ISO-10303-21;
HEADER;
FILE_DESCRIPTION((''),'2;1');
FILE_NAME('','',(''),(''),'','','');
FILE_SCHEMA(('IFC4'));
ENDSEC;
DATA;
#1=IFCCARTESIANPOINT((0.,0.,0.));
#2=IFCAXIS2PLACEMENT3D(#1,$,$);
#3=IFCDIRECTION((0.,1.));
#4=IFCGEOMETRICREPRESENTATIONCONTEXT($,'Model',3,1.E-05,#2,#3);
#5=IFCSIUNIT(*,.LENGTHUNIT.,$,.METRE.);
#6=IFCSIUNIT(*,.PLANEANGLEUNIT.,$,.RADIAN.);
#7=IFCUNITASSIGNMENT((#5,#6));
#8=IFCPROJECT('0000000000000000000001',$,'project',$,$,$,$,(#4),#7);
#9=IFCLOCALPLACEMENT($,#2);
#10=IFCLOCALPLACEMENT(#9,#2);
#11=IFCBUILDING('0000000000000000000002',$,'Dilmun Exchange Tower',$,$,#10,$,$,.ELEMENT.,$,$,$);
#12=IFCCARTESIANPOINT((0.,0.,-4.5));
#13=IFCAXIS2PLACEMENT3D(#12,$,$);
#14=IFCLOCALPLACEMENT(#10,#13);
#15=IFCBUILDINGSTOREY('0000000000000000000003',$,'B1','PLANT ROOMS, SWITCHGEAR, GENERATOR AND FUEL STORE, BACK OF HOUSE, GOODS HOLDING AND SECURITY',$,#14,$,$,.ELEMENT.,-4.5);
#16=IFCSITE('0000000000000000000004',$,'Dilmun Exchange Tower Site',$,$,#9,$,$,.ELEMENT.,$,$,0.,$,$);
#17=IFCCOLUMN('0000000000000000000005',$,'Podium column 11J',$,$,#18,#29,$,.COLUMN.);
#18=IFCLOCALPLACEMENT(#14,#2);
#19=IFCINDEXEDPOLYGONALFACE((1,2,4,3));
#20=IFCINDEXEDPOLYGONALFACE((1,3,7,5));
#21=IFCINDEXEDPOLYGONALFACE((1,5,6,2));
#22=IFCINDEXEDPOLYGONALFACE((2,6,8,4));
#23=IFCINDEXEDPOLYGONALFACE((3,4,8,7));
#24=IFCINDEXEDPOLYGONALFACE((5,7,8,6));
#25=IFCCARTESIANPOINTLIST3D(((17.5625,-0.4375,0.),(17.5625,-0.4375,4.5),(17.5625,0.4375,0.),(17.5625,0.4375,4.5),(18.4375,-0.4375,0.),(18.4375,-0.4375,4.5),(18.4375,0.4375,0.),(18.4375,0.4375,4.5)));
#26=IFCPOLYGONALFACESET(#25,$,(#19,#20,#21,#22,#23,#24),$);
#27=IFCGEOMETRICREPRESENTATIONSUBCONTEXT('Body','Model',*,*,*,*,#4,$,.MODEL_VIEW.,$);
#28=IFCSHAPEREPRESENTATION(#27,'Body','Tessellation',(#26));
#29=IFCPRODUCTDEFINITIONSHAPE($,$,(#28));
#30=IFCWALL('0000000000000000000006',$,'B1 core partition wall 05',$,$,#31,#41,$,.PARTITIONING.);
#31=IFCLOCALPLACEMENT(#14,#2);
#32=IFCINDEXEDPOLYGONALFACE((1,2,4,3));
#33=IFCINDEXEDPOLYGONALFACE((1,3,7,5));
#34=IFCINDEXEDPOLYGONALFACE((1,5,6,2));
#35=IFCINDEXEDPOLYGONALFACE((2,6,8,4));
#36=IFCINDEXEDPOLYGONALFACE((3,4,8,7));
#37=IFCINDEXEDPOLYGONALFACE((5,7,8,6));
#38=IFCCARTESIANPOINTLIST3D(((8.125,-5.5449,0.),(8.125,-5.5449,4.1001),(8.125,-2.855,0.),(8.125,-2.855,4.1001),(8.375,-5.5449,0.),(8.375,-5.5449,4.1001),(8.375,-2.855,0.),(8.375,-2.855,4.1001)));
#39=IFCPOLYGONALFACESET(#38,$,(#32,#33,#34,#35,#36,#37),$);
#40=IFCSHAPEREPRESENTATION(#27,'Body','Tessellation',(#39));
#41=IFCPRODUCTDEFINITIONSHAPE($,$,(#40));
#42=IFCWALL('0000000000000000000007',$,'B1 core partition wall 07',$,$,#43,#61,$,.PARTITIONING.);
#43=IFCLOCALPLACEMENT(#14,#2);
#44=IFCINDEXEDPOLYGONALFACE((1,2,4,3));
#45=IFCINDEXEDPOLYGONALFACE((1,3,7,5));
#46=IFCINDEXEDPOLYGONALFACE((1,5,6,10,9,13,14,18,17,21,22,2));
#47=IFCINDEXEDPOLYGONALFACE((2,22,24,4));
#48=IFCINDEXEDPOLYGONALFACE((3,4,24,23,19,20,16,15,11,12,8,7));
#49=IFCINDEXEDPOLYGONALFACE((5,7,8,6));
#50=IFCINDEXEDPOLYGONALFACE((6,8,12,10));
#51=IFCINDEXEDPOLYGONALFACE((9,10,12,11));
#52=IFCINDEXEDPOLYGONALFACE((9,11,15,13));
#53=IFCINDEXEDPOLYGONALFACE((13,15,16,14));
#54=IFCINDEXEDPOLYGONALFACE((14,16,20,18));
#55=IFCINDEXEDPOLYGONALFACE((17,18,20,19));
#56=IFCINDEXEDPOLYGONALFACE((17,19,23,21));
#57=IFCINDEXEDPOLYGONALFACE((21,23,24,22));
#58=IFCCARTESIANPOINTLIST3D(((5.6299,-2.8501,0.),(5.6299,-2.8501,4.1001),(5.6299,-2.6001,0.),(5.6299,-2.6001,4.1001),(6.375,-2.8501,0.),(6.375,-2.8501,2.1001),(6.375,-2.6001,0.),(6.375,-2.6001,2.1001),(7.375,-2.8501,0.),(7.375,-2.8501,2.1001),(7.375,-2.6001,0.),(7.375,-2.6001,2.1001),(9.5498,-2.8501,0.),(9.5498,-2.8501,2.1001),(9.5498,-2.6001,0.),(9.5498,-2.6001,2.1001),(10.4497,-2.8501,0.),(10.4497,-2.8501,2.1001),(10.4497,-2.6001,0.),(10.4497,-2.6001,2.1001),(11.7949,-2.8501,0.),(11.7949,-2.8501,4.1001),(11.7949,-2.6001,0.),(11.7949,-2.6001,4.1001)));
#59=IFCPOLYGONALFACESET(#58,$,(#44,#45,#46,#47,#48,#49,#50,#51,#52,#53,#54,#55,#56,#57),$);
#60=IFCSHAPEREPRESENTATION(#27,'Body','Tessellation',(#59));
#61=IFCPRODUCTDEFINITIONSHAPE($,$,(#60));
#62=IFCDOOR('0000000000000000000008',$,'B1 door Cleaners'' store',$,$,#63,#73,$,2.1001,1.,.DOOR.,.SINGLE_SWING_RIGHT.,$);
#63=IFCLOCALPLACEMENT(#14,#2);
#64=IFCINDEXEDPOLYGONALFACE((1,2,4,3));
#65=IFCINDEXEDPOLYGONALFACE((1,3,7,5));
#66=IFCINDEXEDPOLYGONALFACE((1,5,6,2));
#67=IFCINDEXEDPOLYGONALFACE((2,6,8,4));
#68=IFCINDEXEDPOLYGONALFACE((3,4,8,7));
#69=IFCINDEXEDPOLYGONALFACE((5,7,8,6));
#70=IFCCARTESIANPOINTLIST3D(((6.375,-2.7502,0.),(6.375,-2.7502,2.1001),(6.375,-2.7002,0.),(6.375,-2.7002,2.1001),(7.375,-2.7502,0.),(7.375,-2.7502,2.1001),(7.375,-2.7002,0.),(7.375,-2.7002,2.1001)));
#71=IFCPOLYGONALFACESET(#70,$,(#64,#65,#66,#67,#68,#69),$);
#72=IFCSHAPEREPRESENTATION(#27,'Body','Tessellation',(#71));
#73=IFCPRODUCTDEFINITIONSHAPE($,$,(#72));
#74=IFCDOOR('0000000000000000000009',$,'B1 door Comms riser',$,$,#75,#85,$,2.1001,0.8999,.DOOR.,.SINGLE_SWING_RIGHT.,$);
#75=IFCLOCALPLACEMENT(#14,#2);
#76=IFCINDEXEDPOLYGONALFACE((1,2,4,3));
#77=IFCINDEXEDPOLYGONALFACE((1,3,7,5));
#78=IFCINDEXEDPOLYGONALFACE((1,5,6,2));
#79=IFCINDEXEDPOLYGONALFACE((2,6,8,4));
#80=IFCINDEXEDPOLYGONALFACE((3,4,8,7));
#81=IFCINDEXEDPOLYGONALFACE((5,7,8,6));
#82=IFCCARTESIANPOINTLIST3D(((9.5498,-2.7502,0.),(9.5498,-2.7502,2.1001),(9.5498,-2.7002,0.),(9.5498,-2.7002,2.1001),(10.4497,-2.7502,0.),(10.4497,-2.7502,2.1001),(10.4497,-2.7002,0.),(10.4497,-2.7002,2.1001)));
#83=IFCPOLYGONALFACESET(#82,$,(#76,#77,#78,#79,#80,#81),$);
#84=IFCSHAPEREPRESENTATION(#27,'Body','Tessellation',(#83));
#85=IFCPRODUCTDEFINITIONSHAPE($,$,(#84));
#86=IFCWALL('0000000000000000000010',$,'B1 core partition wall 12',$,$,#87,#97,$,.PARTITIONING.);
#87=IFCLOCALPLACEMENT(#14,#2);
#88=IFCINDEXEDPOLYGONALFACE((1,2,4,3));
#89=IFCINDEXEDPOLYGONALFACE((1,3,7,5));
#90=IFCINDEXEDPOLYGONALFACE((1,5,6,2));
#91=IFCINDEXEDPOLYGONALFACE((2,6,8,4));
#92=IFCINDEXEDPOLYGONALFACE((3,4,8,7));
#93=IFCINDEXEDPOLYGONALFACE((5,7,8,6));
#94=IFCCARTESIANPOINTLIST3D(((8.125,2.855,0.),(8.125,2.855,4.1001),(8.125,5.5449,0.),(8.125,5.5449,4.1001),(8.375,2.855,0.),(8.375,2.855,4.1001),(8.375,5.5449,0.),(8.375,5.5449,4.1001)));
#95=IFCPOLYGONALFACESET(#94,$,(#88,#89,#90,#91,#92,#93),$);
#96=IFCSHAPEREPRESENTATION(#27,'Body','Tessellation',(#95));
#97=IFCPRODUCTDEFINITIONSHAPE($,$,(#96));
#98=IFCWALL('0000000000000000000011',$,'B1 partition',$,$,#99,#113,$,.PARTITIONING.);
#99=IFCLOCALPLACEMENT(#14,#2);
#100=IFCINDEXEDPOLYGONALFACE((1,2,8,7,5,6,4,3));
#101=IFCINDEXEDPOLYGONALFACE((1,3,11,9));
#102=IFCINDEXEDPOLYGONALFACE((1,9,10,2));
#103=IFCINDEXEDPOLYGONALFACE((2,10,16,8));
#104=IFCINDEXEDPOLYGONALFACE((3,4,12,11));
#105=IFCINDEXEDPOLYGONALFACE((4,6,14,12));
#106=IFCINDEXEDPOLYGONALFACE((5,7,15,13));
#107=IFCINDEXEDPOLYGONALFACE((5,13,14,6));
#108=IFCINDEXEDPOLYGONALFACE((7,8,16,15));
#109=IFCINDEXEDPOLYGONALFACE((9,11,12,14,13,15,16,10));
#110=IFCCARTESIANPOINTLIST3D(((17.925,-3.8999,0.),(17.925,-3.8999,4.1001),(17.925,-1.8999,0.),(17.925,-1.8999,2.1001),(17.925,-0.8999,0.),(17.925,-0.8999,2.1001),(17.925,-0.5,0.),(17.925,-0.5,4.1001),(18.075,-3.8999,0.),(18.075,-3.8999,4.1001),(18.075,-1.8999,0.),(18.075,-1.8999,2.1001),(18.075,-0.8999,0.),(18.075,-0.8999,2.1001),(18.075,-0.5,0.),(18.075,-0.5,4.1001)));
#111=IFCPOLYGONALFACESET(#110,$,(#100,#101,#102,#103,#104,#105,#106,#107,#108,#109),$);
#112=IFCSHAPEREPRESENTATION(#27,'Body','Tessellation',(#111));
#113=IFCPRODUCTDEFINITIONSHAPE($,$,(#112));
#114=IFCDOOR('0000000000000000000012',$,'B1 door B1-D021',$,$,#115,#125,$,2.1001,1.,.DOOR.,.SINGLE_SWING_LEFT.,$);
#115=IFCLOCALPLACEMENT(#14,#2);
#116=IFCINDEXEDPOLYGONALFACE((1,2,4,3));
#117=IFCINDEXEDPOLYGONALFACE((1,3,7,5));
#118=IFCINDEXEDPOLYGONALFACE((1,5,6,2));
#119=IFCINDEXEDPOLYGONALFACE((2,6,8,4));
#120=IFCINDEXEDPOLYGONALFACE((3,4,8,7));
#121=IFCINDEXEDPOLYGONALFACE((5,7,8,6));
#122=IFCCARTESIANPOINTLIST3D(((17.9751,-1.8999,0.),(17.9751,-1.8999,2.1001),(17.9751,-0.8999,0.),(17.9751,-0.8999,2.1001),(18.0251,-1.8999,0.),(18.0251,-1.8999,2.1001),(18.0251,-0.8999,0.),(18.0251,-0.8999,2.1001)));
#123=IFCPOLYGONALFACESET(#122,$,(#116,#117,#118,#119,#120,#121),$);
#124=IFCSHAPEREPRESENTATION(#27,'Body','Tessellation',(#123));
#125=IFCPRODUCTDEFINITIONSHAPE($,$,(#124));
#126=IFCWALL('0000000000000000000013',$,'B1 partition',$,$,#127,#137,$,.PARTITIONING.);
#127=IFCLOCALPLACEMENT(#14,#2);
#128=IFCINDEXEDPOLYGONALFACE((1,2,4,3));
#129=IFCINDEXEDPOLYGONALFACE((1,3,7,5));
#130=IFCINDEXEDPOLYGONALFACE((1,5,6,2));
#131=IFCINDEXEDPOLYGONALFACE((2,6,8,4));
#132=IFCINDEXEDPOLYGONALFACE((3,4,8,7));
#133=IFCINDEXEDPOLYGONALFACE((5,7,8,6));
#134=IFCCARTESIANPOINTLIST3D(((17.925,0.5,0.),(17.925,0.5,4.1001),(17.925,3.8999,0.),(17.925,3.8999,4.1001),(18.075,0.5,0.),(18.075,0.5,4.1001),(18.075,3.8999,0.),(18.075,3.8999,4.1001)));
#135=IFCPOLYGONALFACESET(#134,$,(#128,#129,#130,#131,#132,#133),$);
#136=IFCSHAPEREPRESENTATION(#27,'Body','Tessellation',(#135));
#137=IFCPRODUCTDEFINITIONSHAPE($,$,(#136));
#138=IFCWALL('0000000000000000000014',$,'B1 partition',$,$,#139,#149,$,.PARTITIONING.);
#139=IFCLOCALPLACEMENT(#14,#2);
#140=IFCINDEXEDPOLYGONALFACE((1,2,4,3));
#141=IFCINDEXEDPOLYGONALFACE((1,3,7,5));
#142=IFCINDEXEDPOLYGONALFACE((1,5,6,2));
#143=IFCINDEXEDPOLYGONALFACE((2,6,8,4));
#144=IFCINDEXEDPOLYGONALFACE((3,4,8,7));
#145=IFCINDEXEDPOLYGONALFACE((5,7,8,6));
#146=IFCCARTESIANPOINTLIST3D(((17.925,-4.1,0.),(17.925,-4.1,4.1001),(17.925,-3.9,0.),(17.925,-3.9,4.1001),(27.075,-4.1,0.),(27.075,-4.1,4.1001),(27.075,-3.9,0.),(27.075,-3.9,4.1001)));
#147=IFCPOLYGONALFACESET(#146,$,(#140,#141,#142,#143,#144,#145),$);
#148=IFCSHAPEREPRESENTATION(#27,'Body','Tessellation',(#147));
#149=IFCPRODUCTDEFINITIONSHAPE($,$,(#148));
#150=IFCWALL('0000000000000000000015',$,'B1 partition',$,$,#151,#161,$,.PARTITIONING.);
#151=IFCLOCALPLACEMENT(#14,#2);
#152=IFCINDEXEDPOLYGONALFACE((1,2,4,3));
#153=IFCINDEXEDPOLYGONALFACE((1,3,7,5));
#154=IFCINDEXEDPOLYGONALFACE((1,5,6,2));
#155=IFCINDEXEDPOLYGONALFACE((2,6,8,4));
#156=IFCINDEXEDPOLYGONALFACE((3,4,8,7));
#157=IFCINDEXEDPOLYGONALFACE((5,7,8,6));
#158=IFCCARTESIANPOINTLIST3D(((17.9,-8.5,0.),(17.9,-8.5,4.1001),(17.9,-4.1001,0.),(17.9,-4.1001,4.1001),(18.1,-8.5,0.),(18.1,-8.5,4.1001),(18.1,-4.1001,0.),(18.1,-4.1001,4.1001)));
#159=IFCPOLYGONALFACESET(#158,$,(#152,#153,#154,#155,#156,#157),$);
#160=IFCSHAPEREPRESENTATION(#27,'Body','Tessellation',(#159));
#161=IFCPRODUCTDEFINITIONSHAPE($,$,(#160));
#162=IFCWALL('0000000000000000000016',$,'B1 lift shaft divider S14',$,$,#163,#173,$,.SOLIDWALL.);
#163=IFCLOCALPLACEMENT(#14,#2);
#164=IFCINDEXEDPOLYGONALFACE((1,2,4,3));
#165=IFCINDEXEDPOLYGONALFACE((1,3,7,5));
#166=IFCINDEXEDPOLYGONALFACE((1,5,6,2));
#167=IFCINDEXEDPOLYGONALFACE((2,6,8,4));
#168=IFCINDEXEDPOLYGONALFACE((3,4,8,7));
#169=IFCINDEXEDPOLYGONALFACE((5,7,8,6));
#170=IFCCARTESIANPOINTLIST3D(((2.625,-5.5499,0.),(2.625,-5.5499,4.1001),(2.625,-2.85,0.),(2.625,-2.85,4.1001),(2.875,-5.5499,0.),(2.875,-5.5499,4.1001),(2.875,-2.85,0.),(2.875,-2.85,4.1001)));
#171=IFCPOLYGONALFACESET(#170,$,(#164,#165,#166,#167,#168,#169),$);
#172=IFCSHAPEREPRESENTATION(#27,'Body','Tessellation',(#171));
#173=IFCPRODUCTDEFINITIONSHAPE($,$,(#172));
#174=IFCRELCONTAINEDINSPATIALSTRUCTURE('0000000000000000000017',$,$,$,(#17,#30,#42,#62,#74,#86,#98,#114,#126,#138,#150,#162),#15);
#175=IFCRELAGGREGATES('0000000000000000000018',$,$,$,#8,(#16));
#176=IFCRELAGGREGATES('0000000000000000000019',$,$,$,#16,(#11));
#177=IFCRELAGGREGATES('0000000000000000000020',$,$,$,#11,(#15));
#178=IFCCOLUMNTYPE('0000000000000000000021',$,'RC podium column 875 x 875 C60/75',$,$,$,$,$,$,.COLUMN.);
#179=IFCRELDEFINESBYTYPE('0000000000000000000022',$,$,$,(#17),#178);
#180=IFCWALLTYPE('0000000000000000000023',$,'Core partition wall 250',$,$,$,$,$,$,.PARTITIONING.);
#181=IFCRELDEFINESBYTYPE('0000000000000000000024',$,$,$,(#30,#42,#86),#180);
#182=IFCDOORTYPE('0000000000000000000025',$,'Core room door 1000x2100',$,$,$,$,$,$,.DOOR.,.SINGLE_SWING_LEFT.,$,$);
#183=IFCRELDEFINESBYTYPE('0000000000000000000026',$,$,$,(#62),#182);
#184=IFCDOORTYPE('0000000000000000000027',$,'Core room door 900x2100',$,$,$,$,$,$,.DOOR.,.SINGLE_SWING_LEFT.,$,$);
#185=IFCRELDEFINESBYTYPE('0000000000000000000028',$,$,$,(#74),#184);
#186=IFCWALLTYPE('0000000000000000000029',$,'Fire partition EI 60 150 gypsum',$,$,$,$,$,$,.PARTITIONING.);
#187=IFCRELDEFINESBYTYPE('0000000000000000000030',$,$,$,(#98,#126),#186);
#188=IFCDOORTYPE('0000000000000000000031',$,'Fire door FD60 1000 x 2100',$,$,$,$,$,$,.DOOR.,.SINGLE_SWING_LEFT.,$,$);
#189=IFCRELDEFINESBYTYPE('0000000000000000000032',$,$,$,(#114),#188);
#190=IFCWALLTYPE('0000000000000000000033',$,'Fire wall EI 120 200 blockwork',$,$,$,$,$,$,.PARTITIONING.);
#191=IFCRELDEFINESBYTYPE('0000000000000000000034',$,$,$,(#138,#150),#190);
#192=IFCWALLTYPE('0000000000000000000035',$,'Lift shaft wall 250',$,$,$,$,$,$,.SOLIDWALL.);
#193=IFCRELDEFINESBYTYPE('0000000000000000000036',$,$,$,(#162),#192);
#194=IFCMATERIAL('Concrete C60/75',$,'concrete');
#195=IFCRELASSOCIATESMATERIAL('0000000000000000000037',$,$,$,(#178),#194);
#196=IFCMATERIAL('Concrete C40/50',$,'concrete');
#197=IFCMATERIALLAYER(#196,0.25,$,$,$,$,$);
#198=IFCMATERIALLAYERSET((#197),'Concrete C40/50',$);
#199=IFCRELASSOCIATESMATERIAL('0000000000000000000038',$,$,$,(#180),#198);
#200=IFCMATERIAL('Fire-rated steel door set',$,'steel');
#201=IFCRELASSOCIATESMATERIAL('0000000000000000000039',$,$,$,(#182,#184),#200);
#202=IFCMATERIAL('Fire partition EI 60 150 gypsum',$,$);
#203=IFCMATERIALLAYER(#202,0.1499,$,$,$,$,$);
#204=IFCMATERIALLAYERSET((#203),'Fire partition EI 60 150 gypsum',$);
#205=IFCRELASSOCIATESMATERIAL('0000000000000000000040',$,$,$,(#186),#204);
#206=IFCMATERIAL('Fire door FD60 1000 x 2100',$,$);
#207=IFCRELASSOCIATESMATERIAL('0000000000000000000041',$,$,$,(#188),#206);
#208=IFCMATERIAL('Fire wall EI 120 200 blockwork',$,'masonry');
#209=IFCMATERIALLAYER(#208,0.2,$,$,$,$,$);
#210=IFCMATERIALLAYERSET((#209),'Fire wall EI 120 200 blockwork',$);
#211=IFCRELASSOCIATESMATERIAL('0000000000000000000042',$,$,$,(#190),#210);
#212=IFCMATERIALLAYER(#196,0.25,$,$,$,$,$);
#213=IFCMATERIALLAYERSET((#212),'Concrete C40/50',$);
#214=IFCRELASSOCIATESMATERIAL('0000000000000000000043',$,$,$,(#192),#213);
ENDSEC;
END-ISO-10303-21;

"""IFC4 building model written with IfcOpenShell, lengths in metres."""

from ifc_helpers import new_model, si_unit, direction, frame, frame_2d, origin, origin_2d, place, context, subcontext, project, spatial, rectangle, extrude, material, layer, layer_set, material_profile, profile_set, type_object, element, fill, save


model = new_model("IFC4")

# Units and contexts
model_context = context("Model", 3, precision=1e-05, world=origin(), true_north=direction((0.0, 1.0)))
body_context = subcontext(model_context, "Body", "Model", "MODEL_VIEW")
ifc_project = project(units=[si_unit("LENGTHUNIT", "METRE"), si_unit("PLANEANGLEUNIT", "RADIAN")], contexts=[model_context])

# Site, building, storey
site_placement = place(None, origin())
site = spatial("IfcSite", under=ifc_project, at=site_placement, Name="Dilmun Exchange Tower Site", CompositionType="ELEMENT", RefElevation=0.0)
building_placement = place(site_placement, origin())
building = spatial("IfcBuilding", under=site, at=building_placement, Name="Dilmun Exchange Tower", CompositionType="ELEMENT")
storey_placement = place(building_placement, frame((0.0, 0.0, -4.5)))
storey = spatial("IfcBuildingStorey", under=building, at=storey_placement, Name="B1", Description="PLANT ROOMS, SWITCHGEAR, GENERATOR AND FUEL STORE, BACK OF HOUSE, GOODS HOLDING AND SECURITY", CompositionType="ELEMENT", Elevation=-4.5)

# Column
ifc_material_1 = material(Name="Concrete C60/75", Category="concrete")
ifc_material_profile = material_profile(ifc_material_1, rectangle(XDim=0.875, YDim=0.875, at=origin_2d()), Name="875 x 875")
ifc_profile_set = profile_set([ifc_material_profile], Name="Concrete C60/75")
column_type = type_object("IfcColumnType", Name="RC podium column 875 x 875 C60/75", PredefinedType="COLUMN", material=ifc_profile_set)
column_placement = place(storey_placement, frame((18.0, 0.0, 0.0), z_axis=(0.0, 0.0, 1.0), x_axis=(1.0, 0.0, 0.0)))
element("IfcColumn", 1, at=column_placement, inside=storey, type_object=column_type, Name="Podium column 11J", PredefinedType="COLUMN", context=body_context, shape_type="SweptSolid", body=[
    extrude(rectangle(XDim=0.875, YDim=0.875, at=origin_2d()), origin(), (0.0, 0.0, 1.0), 4.5),
])

# Wall
ifc_material_2 = material(Name="Concrete C40/50", Category="concrete")
ifc_layer_1 = layer(ifc_material_2, 0.25)
ifc_layer_set_1 = layer_set([ifc_layer_1], Name="Concrete C40/50")
wall_type_1 = type_object("IfcWallType", Name="Core partition wall 250", PredefinedType="PARTITIONING", material=ifc_layer_set_1)
wall_1_placement = place(storey_placement, frame((8.25, -5.5449, 0.0), z_axis=(0.0, 0.0, 1.0), x_axis=(0.0, 1.0, 0.0)))
element("IfcWall", 2, at=wall_1_placement, inside=storey, type_object=wall_type_1, Name="B1 core partition wall 05", PredefinedType="PARTITIONING", context=body_context, shape_type="SweptSolid", body=[
    extrude(rectangle(XDim=2.6899, YDim=0.25, at=frame_2d((1.345, 0.0))), origin(), (0.0, 0.0, 1.0), 4.1001),
])

# Wall, openings, doors
wall_2_placement = place(storey_placement, frame((5.6299, -2.7251, 0.0), z_axis=(0.0, 0.0, 1.0), x_axis=(1.0, 0.0, 0.0)))
wall_2 = element("IfcWall", 3, at=wall_2_placement, inside=storey, type_object=wall_type_1, Name="B1 core partition wall 07", PredefinedType="PARTITIONING", context=body_context, shape_type="SweptSolid", body=[
    extrude(rectangle(XDim=6.165, YDim=0.25, at=frame_2d((3.0825, 0.0))), origin(), (0.0, 0.0, 1.0), 4.1001),
])
opening_1_placement = place(wall_2_placement, frame((0.7451, 0.0, 0.0)))
opening_1 = element("IfcOpeningElement", 4, at=opening_1_placement, cuts=wall_2, PredefinedType="OPENING", context=body_context, shape_type="SweptSolid", body=[
    extrude(rectangle(XDim=1.0, YDim=2.1001, at=frame_2d((0.5, 1.05))), frame((0.0, 0.135, 0.0), z_axis=(0.0, -1.0, 0.0), x_axis=(1.0, 0.0, 0.0)), (0.0, 0.0, 1.0), 0.27),
])
opening_2_placement = place(wall_2_placement, frame((3.9199, 0.0, 0.0)))
opening_2 = element("IfcOpeningElement", 5, at=opening_2_placement, cuts=wall_2, PredefinedType="OPENING", context=body_context, shape_type="SweptSolid", body=[
    extrude(rectangle(XDim=0.8999, YDim=2.1001, at=frame_2d((0.45, 1.05))), frame((0.0, 0.135, 0.0), z_axis=(0.0, -1.0, 0.0), x_axis=(1.0, 0.0, 0.0)), (0.0, 0.0, 1.0), 0.27),
])
ifc_material_3 = material(Name="Fire-rated steel door set", Category="steel")
door_type_1 = type_object("IfcDoorType", Name="Core room door 1000x2100", OperationType="SINGLE_SWING_LEFT", PredefinedType="DOOR", material=ifc_material_3)
door_1_placement = place(opening_1_placement, origin())
door_1 = element("IfcDoor", 6, at=door_1_placement, inside=storey, type_object=door_type_1, Name="B1 door Cleaners' store", OperationType="SINGLE_SWING_RIGHT", OverallHeight=2.1001, OverallWidth=1.0, PredefinedType="DOOR", context=body_context, shape_type="SweptSolid", body=[
    extrude(rectangle(XDim=1.0, YDim=2.1001, at=frame_2d((0.5, 1.05))), frame((0.0, 0.0249, 0.0), z_axis=(0.0, -1.0, 0.0), x_axis=(1.0, 0.0, 0.0)), (0.0, 0.0, 1.0), 0.05),
])
fill(opening_1, door_1)
door_type_2 = type_object("IfcDoorType", Name="Core room door 900x2100", OperationType="SINGLE_SWING_LEFT", PredefinedType="DOOR", material=ifc_material_3)
door_2_placement = place(opening_2_placement, origin())
door_2 = element("IfcDoor", 7, at=door_2_placement, inside=storey, type_object=door_type_2, Name="B1 door Comms riser", OperationType="SINGLE_SWING_RIGHT", OverallHeight=2.1001, OverallWidth=0.8999, PredefinedType="DOOR", context=body_context, shape_type="SweptSolid", body=[
    extrude(rectangle(XDim=0.8999, YDim=2.1001, at=frame_2d((0.45, 1.05))), frame((0.0, 0.0249, 0.0), z_axis=(0.0, -1.0, 0.0), x_axis=(1.0, 0.0, 0.0)), (0.0, 0.0, 1.0), 0.05),
])
fill(opening_2, door_2)

# Wall
wall_3_placement = place(storey_placement, frame((8.25, 2.855, 0.0), z_axis=(0.0, 0.0, 1.0), x_axis=(0.0, 1.0, 0.0)))
element("IfcWall", 8, at=wall_3_placement, inside=storey, type_object=wall_type_1, Name="B1 core partition wall 12", PredefinedType="PARTITIONING", context=body_context, shape_type="SweptSolid", body=[
    extrude(rectangle(XDim=2.6899, YDim=0.25, at=frame_2d((1.345, 0.0))), origin(), (0.0, 0.0, 1.0), 4.1001),
])

# Wall, opening, door
ifc_material_4 = material(Name="Fire partition EI 60 150 gypsum")
ifc_layer_2 = layer(ifc_material_4, 0.1499)
ifc_layer_set_2 = layer_set([ifc_layer_2], Name="Fire partition EI 60 150 gypsum")
wall_type_2 = type_object("IfcWallType", Name="Fire partition EI 60 150 gypsum", PredefinedType="PARTITIONING", material=ifc_layer_set_2)
wall_4_placement = place(storey_placement, frame((18.0, -3.8999, 0.0), z_axis=(0.0, 0.0, 1.0), x_axis=(0.0, 1.0, 0.0)))
wall_4 = element("IfcWall", 9, at=wall_4_placement, inside=storey, type_object=wall_type_2, Name="B1 partition", PredefinedType="PARTITIONING", context=body_context, shape_type="SweptSolid", body=[
    extrude(rectangle(XDim=3.3999, YDim=0.1499, at=frame_2d((1.7, 0.0))), origin(), (0.0, 0.0, 1.0), 4.1001),
])
opening_3_placement = place(wall_4_placement, frame((2.0, 0.0, 0.0)))
opening_3 = element("IfcOpeningElement", 10, at=opening_3_placement, cuts=wall_4, PredefinedType="OPENING", context=body_context, shape_type="SweptSolid", body=[
    extrude(rectangle(XDim=1.0, YDim=2.1001, at=frame_2d((0.5, 1.05))), frame((0.0, 0.085, 0.0), z_axis=(0.0, -1.0, 0.0), x_axis=(1.0, 0.0, 0.0)), (0.0, 0.0, 1.0), 0.1699),
])
ifc_material_5 = material(Name="Fire door FD60 1000 x 2100")
door_type_3 = type_object("IfcDoorType", Name="Fire door FD60 1000 x 2100", OperationType="SINGLE_SWING_LEFT", PredefinedType="DOOR", material=ifc_material_5)
door_3_placement = place(opening_3_placement, origin())
door_3 = element("IfcDoor", 11, at=door_3_placement, inside=storey, type_object=door_type_3, Name="B1 door B1-D021", OperationType="SINGLE_SWING_LEFT", OverallHeight=2.1001, OverallWidth=1.0, PredefinedType="DOOR", context=body_context, shape_type="SweptSolid", body=[
    extrude(rectangle(XDim=1.0, YDim=2.1001, at=frame_2d((0.5, 1.05))), frame((0.0, 0.0249, 0.0), z_axis=(0.0, -1.0, 0.0), x_axis=(1.0, 0.0, 0.0)), (0.0, 0.0, 1.0), 0.05),
])
fill(opening_3, door_3)

# Walls
wall_5_placement = place(storey_placement, frame((18.0, 0.5, 0.0), z_axis=(0.0, 0.0, 1.0), x_axis=(0.0, 1.0, 0.0)))
element("IfcWall", 12, at=wall_5_placement, inside=storey, type_object=wall_type_2, Name="B1 partition", PredefinedType="PARTITIONING", context=body_context, shape_type="SweptSolid", body=[
    extrude(rectangle(XDim=3.3999, YDim=0.1499, at=frame_2d((1.7, 0.0))), origin(), (0.0, 0.0, 1.0), 4.1001),
])
ifc_material_6 = material(Name="Fire wall EI 120 200 blockwork", Category="masonry")
ifc_layer_3 = layer(ifc_material_6, 0.2)
ifc_layer_set_3 = layer_set([ifc_layer_3], Name="Fire wall EI 120 200 blockwork")
wall_type_3 = type_object("IfcWallType", Name="Fire wall EI 120 200 blockwork", PredefinedType="PARTITIONING", material=ifc_layer_set_3)
wall_6_placement = place(storey_placement, frame((17.925, -4.0, 0.0), z_axis=(0.0, 0.0, 1.0), x_axis=(1.0, 0.0, 0.0)))
element("IfcWall", 13, at=wall_6_placement, inside=storey, type_object=wall_type_3, Name="B1 partition", PredefinedType="PARTITIONING", context=body_context, shape_type="SweptSolid", body=[
    extrude(rectangle(XDim=9.1499, YDim=0.2, at=frame_2d((4.575, 0.0))), origin(), (0.0, 0.0, 1.0), 4.1001),
])
wall_7_placement = place(storey_placement, frame((18.0, -8.5, 0.0), z_axis=(0.0, 0.0, 1.0), x_axis=(0.0, 1.0, 0.0)))
element("IfcWall", 14, at=wall_7_placement, inside=storey, type_object=wall_type_3, Name="B1 partition", PredefinedType="PARTITIONING", context=body_context, shape_type="SweptSolid", body=[
    extrude(rectangle(XDim=4.3999, YDim=0.2, at=frame_2d((2.2, 0.0))), origin(), (0.0, 0.0, 1.0), 4.1001),
])
ifc_layer_4 = layer(ifc_material_2, 0.25)
ifc_layer_set_4 = layer_set([ifc_layer_4], Name="Concrete C40/50")
wall_type_4 = type_object("IfcWallType", Name="Lift shaft wall 250", PredefinedType="SOLIDWALL", material=ifc_layer_set_4)
for number, where, z_axis, x_axis, name in (
    (15, (2.75, -5.55, 0.0), (0.0, 0.0, 1.0), (0.0, 1.0, 0.0), "B1 lift shaft divider S14"),
):
    element("IfcWall", number, at=place(storey_placement, frame(where, z_axis=z_axis, x_axis=x_axis)), inside=storey, type_object=wall_type_4, Name=name, PredefinedType="SOLIDWALL", context=body_context, shape_type="SweptSolid", body=[
        extrude(rectangle(XDim=2.7, YDim=0.25, at=frame_2d((1.3501, 0.0))), origin(), (0.0, 0.0, 1.0), 4.1001),
    ])

save(model, "model.ifc")
